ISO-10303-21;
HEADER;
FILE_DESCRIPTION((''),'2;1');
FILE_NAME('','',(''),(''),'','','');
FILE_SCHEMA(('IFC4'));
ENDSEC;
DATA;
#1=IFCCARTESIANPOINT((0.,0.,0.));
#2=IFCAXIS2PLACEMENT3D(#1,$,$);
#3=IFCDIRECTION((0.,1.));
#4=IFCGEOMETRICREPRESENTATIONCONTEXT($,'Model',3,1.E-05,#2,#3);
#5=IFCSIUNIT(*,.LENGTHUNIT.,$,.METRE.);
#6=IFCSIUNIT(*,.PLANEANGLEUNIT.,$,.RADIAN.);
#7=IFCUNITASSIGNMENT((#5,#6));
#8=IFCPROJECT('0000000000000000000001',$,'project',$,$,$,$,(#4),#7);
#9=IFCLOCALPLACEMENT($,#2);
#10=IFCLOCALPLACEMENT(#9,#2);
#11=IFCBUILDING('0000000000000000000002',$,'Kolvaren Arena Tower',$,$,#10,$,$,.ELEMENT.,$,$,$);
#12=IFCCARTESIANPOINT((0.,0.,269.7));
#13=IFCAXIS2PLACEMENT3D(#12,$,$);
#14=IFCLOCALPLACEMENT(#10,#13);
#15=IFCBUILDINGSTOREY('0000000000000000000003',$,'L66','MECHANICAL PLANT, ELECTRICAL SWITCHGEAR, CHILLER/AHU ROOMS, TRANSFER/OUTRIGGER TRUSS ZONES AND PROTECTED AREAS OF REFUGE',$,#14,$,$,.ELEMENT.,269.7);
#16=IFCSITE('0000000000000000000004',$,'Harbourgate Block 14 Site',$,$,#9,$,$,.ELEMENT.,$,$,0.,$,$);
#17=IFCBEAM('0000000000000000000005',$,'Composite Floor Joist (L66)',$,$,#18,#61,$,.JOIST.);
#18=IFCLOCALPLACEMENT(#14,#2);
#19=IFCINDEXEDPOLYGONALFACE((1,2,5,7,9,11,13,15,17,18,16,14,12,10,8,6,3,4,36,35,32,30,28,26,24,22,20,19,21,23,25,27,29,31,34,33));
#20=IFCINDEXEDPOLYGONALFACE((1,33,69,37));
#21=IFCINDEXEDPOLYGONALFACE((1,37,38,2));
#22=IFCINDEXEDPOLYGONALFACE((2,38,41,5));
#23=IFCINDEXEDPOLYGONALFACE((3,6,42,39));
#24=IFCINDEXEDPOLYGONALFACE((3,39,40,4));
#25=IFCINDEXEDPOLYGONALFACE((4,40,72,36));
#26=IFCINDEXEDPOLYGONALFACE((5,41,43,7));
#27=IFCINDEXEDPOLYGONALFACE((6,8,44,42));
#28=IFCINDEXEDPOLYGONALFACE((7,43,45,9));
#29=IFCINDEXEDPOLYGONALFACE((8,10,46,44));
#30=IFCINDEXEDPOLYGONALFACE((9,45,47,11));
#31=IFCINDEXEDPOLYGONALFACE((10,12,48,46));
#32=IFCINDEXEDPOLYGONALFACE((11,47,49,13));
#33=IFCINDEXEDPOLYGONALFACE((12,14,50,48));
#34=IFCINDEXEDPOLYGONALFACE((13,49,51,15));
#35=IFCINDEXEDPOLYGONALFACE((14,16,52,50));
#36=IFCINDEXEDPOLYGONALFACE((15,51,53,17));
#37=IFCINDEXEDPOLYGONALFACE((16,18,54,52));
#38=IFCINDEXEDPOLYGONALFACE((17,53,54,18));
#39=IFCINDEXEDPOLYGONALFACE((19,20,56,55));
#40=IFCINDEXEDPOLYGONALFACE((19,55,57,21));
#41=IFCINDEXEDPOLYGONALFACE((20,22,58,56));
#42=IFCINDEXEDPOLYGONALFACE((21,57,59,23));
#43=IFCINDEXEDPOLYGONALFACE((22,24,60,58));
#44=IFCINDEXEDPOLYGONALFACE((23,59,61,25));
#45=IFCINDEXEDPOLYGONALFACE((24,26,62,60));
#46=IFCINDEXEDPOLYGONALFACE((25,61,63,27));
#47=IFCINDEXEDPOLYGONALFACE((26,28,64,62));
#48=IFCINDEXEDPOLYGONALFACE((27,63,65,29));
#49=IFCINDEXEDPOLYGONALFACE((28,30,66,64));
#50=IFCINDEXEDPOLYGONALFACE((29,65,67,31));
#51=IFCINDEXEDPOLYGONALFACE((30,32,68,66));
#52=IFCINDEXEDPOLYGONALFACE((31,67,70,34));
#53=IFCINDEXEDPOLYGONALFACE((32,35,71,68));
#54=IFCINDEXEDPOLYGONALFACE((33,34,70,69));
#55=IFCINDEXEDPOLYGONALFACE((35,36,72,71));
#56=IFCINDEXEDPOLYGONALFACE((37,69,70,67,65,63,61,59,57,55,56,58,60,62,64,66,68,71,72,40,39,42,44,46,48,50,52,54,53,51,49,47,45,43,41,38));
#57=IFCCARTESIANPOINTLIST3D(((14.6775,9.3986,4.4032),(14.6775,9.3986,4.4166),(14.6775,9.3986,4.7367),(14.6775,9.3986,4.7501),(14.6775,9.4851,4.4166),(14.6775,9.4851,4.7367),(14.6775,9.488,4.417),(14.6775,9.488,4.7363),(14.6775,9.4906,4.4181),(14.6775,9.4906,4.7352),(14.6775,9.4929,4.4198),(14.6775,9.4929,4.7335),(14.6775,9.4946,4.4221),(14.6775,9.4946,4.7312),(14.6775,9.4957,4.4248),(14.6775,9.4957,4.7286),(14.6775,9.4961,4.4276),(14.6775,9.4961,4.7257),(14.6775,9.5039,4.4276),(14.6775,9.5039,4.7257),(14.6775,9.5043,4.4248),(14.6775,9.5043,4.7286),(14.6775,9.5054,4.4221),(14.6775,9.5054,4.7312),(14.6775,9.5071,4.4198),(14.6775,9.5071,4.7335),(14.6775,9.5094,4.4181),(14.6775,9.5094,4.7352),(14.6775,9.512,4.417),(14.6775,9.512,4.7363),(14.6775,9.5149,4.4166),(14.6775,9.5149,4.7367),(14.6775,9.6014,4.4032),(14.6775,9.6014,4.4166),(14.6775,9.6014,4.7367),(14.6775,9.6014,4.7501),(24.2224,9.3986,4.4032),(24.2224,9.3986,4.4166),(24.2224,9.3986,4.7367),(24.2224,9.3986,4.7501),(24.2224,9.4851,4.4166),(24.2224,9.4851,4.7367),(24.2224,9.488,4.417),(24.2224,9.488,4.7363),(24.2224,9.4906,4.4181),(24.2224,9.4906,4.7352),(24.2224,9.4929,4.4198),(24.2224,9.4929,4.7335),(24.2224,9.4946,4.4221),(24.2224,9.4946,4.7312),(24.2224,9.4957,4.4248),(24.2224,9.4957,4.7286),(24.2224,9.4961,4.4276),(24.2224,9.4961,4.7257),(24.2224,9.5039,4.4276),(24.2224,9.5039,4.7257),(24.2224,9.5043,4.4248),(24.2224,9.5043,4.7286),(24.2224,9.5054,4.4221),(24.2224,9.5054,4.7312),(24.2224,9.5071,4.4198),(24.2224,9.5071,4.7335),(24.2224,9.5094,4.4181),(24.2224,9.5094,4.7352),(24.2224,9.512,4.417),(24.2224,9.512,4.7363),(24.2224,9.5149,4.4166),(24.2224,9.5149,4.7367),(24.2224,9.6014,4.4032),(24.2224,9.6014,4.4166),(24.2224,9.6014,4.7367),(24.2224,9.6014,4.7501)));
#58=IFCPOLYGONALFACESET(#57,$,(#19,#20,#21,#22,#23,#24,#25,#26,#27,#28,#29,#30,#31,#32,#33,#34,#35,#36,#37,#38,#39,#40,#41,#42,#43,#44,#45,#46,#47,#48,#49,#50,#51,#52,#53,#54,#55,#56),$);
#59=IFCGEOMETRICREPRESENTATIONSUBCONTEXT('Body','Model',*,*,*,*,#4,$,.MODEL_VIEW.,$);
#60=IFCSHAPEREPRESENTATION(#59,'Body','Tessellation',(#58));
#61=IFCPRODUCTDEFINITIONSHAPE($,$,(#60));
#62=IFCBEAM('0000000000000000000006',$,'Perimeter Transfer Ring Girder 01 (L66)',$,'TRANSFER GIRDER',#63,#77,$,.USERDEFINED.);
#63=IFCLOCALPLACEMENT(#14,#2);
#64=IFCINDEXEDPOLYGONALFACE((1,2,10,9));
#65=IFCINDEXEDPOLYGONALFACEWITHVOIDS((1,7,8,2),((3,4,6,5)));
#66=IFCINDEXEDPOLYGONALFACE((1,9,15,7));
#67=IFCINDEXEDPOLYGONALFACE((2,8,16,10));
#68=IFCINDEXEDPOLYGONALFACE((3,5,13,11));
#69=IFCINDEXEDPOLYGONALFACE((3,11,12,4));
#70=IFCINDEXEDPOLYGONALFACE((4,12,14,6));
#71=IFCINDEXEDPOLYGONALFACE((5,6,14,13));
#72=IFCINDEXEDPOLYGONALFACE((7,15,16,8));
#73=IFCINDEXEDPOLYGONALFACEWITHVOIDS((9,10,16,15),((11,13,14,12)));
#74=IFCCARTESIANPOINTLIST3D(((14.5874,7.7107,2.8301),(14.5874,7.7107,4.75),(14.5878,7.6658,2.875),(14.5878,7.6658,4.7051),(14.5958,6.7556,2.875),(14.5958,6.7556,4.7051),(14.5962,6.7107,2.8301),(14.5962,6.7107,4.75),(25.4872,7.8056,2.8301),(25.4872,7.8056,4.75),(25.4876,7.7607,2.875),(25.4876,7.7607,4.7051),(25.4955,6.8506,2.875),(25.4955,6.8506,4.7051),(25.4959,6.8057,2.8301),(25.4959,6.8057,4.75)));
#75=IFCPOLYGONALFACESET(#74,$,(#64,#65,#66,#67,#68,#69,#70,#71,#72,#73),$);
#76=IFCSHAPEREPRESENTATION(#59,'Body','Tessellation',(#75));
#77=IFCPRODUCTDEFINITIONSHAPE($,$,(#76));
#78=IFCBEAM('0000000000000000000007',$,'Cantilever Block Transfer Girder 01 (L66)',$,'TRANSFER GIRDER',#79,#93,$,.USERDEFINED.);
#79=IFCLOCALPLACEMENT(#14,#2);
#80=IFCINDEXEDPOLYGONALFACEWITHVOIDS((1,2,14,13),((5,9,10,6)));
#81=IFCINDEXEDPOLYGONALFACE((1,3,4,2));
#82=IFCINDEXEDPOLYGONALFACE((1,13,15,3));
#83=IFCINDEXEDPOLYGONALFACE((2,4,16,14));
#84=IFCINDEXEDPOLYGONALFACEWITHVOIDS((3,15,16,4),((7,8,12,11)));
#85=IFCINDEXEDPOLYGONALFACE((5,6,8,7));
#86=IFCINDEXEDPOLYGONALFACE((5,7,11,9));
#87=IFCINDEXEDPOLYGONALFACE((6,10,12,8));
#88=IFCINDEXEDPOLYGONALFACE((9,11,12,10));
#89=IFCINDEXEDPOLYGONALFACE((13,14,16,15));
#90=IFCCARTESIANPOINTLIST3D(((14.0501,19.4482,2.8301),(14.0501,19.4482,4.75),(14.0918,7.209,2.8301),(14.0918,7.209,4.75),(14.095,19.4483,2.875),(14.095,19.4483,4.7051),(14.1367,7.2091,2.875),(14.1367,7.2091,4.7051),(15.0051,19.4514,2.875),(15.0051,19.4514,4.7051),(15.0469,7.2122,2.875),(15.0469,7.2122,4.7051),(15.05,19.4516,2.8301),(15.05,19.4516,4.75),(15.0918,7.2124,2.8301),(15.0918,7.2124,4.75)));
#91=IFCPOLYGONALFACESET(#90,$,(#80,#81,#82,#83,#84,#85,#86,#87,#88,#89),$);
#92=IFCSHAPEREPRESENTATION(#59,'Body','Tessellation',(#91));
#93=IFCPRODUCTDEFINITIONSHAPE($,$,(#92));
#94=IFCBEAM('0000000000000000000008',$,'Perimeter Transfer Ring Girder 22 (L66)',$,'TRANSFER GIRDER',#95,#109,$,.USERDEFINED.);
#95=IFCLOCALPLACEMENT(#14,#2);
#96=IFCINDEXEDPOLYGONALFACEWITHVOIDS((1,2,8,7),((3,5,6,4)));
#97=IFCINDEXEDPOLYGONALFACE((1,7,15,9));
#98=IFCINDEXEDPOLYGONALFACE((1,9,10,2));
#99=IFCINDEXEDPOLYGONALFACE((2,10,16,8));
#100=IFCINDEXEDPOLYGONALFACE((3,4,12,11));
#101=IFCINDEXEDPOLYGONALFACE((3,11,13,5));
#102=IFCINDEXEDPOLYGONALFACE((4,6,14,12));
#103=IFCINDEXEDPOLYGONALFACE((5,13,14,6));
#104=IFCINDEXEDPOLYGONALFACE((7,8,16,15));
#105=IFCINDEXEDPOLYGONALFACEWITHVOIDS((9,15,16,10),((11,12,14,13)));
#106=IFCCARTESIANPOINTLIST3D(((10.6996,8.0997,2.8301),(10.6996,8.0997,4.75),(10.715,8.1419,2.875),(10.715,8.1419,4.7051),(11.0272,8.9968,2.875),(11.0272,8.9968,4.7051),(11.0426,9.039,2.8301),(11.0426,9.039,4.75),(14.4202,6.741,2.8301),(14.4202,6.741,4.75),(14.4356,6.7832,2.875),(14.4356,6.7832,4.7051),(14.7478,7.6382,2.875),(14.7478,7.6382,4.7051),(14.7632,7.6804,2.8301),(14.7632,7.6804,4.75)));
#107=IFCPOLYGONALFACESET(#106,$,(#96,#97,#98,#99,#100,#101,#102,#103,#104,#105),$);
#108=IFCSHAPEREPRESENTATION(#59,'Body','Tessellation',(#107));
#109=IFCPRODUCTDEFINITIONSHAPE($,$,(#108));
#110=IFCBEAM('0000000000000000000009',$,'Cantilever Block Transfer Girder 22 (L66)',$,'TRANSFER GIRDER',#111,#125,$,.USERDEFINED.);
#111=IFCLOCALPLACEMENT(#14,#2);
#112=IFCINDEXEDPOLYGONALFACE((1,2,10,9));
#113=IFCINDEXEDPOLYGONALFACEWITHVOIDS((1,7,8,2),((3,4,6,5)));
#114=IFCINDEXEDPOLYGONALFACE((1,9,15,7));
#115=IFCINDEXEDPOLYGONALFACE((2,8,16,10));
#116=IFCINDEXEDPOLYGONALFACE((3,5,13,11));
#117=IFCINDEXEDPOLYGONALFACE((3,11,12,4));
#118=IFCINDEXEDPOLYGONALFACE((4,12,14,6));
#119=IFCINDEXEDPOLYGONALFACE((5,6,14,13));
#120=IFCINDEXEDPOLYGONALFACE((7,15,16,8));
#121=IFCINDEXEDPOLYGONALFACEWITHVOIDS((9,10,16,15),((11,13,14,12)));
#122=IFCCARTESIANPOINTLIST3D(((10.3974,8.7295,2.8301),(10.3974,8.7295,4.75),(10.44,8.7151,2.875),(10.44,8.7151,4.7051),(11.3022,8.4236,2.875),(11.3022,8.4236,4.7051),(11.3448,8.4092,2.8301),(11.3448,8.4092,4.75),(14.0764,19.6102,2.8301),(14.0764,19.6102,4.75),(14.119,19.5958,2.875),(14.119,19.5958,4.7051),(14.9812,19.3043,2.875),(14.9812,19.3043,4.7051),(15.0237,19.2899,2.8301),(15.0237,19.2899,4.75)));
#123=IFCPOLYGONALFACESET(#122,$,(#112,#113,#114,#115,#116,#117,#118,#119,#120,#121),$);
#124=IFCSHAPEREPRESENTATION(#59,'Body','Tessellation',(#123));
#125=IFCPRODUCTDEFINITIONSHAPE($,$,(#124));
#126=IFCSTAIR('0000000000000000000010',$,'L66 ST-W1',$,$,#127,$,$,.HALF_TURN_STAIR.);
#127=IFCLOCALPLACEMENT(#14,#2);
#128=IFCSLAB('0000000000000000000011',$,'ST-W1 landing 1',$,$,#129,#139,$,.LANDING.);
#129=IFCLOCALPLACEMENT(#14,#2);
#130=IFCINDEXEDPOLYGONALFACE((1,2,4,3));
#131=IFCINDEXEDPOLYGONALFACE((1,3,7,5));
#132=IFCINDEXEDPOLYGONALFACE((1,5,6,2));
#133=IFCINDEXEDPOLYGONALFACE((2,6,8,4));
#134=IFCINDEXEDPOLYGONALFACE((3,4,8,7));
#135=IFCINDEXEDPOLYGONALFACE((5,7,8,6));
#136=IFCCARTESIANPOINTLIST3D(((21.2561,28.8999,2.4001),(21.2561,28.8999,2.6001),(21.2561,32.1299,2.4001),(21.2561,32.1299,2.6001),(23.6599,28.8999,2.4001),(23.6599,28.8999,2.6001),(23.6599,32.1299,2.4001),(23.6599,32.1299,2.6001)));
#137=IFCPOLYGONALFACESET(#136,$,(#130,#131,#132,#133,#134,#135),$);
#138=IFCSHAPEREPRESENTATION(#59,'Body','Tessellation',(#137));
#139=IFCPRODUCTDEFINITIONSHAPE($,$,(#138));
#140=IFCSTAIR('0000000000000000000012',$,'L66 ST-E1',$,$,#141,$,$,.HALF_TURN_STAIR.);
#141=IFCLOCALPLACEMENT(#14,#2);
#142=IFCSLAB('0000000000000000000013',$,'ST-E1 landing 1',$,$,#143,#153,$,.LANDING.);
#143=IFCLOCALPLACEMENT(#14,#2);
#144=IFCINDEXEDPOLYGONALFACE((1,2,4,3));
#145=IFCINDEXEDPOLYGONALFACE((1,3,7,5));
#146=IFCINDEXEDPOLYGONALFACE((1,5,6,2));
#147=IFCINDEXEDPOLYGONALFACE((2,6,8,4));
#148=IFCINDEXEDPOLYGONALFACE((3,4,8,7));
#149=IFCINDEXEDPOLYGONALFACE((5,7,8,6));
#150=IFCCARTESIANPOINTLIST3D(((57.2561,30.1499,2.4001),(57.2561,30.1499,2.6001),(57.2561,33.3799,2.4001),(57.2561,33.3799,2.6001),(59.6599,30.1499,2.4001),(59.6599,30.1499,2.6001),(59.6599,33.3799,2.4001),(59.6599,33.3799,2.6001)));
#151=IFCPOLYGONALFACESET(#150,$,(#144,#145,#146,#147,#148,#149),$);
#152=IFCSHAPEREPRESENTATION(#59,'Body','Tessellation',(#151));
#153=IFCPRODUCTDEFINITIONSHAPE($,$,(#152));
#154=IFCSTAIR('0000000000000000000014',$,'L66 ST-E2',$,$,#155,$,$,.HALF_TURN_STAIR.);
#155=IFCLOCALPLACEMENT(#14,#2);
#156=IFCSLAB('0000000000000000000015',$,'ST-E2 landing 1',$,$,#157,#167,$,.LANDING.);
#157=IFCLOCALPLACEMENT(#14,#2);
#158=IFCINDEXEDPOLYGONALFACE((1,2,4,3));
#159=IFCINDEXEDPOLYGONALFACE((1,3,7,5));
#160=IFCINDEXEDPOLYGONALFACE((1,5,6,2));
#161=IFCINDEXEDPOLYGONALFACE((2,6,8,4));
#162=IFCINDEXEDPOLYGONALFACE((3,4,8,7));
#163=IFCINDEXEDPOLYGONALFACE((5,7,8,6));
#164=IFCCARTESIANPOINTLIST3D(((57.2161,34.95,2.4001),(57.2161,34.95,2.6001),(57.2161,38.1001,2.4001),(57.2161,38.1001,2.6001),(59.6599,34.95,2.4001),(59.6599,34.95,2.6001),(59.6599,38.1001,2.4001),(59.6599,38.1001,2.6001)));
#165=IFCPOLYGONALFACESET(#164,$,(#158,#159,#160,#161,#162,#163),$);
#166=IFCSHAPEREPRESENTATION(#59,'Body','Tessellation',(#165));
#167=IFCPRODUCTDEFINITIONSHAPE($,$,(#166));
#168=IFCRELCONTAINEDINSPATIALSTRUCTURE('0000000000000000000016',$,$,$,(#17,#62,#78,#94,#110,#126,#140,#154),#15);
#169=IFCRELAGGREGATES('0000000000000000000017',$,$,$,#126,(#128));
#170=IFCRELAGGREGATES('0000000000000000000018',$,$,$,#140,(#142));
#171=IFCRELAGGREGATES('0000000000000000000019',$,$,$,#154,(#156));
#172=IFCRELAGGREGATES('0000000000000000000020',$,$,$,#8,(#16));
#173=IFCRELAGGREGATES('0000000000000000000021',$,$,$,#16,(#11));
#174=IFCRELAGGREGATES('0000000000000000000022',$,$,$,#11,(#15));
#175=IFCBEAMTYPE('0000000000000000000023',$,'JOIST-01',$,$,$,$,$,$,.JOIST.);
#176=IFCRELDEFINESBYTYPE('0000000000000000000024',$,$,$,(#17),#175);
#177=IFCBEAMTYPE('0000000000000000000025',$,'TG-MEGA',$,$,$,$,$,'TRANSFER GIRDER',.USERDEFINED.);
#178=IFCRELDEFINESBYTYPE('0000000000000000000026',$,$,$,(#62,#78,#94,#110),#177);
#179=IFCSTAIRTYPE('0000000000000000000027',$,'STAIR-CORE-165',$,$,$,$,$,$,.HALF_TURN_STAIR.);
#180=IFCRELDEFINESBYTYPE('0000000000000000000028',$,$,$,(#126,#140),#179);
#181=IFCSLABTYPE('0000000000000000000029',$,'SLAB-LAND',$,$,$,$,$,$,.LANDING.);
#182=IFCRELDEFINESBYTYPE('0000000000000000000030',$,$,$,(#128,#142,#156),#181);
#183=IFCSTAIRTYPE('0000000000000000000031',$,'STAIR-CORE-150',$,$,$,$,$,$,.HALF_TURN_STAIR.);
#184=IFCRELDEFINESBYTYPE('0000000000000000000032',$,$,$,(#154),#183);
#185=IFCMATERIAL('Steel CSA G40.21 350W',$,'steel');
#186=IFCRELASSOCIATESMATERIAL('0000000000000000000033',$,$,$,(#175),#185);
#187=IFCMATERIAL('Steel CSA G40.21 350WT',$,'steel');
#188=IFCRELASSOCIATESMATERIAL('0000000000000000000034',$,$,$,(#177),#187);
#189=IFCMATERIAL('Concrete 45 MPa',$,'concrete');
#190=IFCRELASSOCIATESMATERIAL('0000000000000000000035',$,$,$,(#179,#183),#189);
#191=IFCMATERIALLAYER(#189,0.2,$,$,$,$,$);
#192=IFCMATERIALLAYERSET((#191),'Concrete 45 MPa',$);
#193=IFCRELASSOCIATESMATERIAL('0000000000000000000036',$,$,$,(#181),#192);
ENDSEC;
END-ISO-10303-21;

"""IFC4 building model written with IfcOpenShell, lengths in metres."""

from ifc_helpers import new_model, si_unit, direction, frame, origin, origin_2d, place, context, subcontext, project, spatial, polyline, hollow_rectangle, i_section, outline, extrude, material, layer, layer_set, material_profile, profile_set, type_object, element, aggregate, save


model = new_model("IFC4")

# Units and contexts
model_context = context("Model", 3, precision=1e-05, world=origin(), true_north=direction((0.0, 1.0)))
body_context = subcontext(model_context, "Body", "Model", "MODEL_VIEW")
ifc_project = project(units=[si_unit("LENGTHUNIT", "METRE"), si_unit("PLANEANGLEUNIT", "RADIAN")], contexts=[model_context])

# Site, building, storey
site_placement = place(None, origin())
site = spatial("IfcSite", under=ifc_project, at=site_placement, Name="Harbourgate Block 14 Site", CompositionType="ELEMENT", RefElevation=0.0)
building_placement = place(site_placement, origin())
building = spatial("IfcBuilding", under=site, at=building_placement, Name="Kolvaren Arena Tower", CompositionType="ELEMENT")
storey_placement = place(building_placement, frame((0.0, 0.0, 269.7)))
storey = spatial("IfcBuildingStorey", under=building, at=storey_placement, Name="L66", Description="MECHANICAL PLANT, ELECTRICAL SWITCHGEAR, CHILLER/AHU ROOMS, TRANSFER/OUTRIGGER TRUSS ZONES AND PROTECTED AREAS OF REFUGE", CompositionType="ELEMENT", Elevation=269.7)

# Shared definitions
ifc_material_1 = material(Name="Steel CSA G40.21 350WT", Category="steel")

# Beams
ifc_material_2 = material(Name="Steel CSA G40.21 350W", Category="steel")
ifc_material_profile_1 = material_profile(ifc_material_2, i_section(OverallWidth=0.2029, OverallDepth=0.3469, WebThickness=0.0078, FlangeThickness=0.0134, FilletRadius=0.011, at=origin_2d()), Name="W360x64")
ifc_profile_set_1 = profile_set([ifc_material_profile_1], Name="Steel CSA G40.21 350W")
beam_type_1 = type_object("IfcBeamType", Name="JOIST-01", PredefinedType="JOIST", material=ifc_profile_set_1)
beam_1_placement = place(storey_placement, frame((14.6775, 9.5, 4.5767), z_axis=(1.0, 0.0, 0.0), x_axis=(0.0, 1.0, 0.0)))
element("IfcBeam", 1, at=beam_1_placement, inside=storey, type_object=beam_type_1, Name="Composite Floor Joist (L66)", PredefinedType="JOIST", context=body_context, shape_type="SweptSolid", body=[
    extrude(i_section(OverallWidth=0.2029, OverallDepth=0.3469, WebThickness=0.0078, FlangeThickness=0.0134, FilletRadius=0.011, at=origin_2d()), origin(), (0.0, 0.0, 1.0), 9.5449),
])
ifc_material_profile_2 = material_profile(ifc_material_1, hollow_rectangle(XDim=1.0, YDim=1.9199, WallThickness=0.0449, at=origin_2d()), Name="BOX 1000x1920x45")
ifc_profile_set_2 = profile_set([ifc_material_profile_2], Name="Steel CSA G40.21 350WT")
beam_type_2 = type_object("IfcBeamType", Name="TG-MEGA", ElementType="TRANSFER GIRDER", PredefinedType="USERDEFINED", material=ifc_profile_set_2)
beam_2_placement = place(storey_placement, frame((14.5918, 7.2107, 3.79), z_axis=(0.999962, 0.008713, 0.0), x_axis=(-0.008713, 0.999962, 0.0)))
element("IfcBeam", 2, at=beam_2_placement, inside=storey, type_object=beam_type_2, Name="Perimeter Transfer Ring Girder 01 (L66)", ObjectType="TRANSFER GIRDER", PredefinedType="USERDEFINED", context=body_context, shape_type="SweptSolid", body=[
    extrude(hollow_rectangle(XDim=1.0, YDim=1.9199, WallThickness=0.0449, at=origin_2d()), origin(), (0.0, 0.0, 1.0), 10.9001),
])
beam_3_placement = place(storey_placement, frame((14.5918, 7.2107, 3.79), z_axis=(-0.003411, 0.999994, 0.0), x_axis=(-0.999994, -0.003411, 0.0)))
element("IfcBeam", 3, at=beam_3_placement, inside=storey, type_object=beam_type_2, Name="Cantilever Block Transfer Girder 01 (L66)", ObjectType="TRANSFER GIRDER", PredefinedType="USERDEFINED", context=body_context, shape_type="SweptSolid", body=[
    extrude(hollow_rectangle(XDim=1.0, YDim=1.9199, WallThickness=0.0449, at=origin_2d()), origin(), (0.0, 0.0, 1.0), 12.2393),
])
beam_4_placement = place(storey_placement, frame((10.8711, 8.5693, 3.79), z_axis=(0.939334, -0.343005, 0.0), x_axis=(0.343005, 0.939334, 0.0)))
element("IfcBeam", 4, at=beam_4_placement, inside=storey, type_object=beam_type_2, Name="Perimeter Transfer Ring Girder 22 (L66)", ObjectType="TRANSFER GIRDER", PredefinedType="USERDEFINED", context=body_context, shape_type="SweptSolid", body=[
    extrude(hollow_rectangle(XDim=1.0, YDim=1.9199, WallThickness=0.0449, at=origin_2d()), origin(), (0.0, 0.0, 1.0), 3.9609),
])
beam_5_placement = place(storey_placement, frame((10.8711, 8.5693, 3.79), z_axis=(0.320306, 0.947314, 0.0), x_axis=(-0.947314, 0.320306, 0.0)))
element("IfcBeam", 5, at=beam_5_placement, inside=storey, type_object=beam_type_2, Name="Cantilever Block Transfer Girder 22 (L66)", ObjectType="TRANSFER GIRDER", PredefinedType="USERDEFINED", context=body_context, shape_type="SweptSolid", body=[
    extrude(hollow_rectangle(XDim=1.0, YDim=1.9199, WallThickness=0.0449, at=origin_2d()), origin(), (0.0, 0.0, 1.0), 11.4858),
])

# Stairs, slabs
ifc_material_3 = material(Name="Concrete 45 MPa", Category="concrete")
stair_type_1 = type_object("IfcStairType", Name="STAIR-CORE-165", PredefinedType="HALF_TURN_STAIR", material=ifc_material_3)
stair_1_placement = place(storey_placement, origin())
stair_1 = element("IfcStair", 6, at=stair_1_placement, inside=storey, type_object=stair_type_1, Name="L66 ST-W1", PredefinedType="HALF_TURN_STAIR")
ifc_layer_1 = layer(ifc_material_3, 0.2)
ifc_layer_set_1 = layer_set([ifc_layer_1], Name="Concrete 45 MPa")
slab_type_1 = type_object("IfcSlabType", Name="SLAB-LAND", PredefinedType="LANDING", material=ifc_layer_set_1)
slab_1_placement = place(storey_placement, frame((0.0, 0.0, 2.4001)))
slab_1 = element("IfcSlab", 7, at=slab_1_placement, type_object=slab_type_1, Name="ST-W1 landing 1", PredefinedType="LANDING", context=body_context, shape_type="SweptSolid", body=[
    extrude(outline(polyline([(21.2561, 28.8999), (23.6599, 28.8999), (23.6599, 32.1299), (21.2561, 32.1299), (21.2561, 28.8999)])), origin(), (0.0, 0.0, 1.0), 0.2),
])
aggregate(stair_1, [slab_1])
stair_2_placement = place(storey_placement, origin())
stair_2 = element("IfcStair", 8, at=stair_2_placement, inside=storey, type_object=stair_type_1, Name="L66 ST-E1", PredefinedType="HALF_TURN_STAIR")
slab_2_placement = place(storey_placement, frame((0.0, 0.0, 2.4001)))
slab_2 = element("IfcSlab", 9, at=slab_2_placement, type_object=slab_type_1, Name="ST-E1 landing 1", PredefinedType="LANDING", context=body_context, shape_type="SweptSolid", body=[
    extrude(outline(polyline([(57.2561, 30.1499), (59.6599, 30.1499), (59.6599, 33.3799), (57.2561, 33.3799), (57.2561, 30.1499)])), origin(), (0.0, 0.0, 1.0), 0.2),
])
aggregate(stair_2, [slab_2])
stair_type_2 = type_object("IfcStairType", Name="STAIR-CORE-150", PredefinedType="HALF_TURN_STAIR", material=ifc_material_3)
stair_3_placement = place(storey_placement, origin())
stair_3 = element("IfcStair", 10, at=stair_3_placement, inside=storey, type_object=stair_type_2, Name="L66 ST-E2", PredefinedType="HALF_TURN_STAIR")
slab_3_placement = place(storey_placement, frame((0.0, 0.0, 2.4001)))
slab_3 = element("IfcSlab", 11, at=slab_3_placement, type_object=slab_type_1, Name="ST-E2 landing 1", PredefinedType="LANDING", context=body_context, shape_type="SweptSolid", body=[
    extrude(outline(polyline([(57.2161, 34.95), (59.6599, 34.95), (59.6599, 38.1001), (57.2161, 38.1001), (57.2161, 34.95)])), origin(), (0.0, 0.0, 1.0), 0.2),
])
aggregate(stair_3, [slab_3])

save(model, "model.ifc")
